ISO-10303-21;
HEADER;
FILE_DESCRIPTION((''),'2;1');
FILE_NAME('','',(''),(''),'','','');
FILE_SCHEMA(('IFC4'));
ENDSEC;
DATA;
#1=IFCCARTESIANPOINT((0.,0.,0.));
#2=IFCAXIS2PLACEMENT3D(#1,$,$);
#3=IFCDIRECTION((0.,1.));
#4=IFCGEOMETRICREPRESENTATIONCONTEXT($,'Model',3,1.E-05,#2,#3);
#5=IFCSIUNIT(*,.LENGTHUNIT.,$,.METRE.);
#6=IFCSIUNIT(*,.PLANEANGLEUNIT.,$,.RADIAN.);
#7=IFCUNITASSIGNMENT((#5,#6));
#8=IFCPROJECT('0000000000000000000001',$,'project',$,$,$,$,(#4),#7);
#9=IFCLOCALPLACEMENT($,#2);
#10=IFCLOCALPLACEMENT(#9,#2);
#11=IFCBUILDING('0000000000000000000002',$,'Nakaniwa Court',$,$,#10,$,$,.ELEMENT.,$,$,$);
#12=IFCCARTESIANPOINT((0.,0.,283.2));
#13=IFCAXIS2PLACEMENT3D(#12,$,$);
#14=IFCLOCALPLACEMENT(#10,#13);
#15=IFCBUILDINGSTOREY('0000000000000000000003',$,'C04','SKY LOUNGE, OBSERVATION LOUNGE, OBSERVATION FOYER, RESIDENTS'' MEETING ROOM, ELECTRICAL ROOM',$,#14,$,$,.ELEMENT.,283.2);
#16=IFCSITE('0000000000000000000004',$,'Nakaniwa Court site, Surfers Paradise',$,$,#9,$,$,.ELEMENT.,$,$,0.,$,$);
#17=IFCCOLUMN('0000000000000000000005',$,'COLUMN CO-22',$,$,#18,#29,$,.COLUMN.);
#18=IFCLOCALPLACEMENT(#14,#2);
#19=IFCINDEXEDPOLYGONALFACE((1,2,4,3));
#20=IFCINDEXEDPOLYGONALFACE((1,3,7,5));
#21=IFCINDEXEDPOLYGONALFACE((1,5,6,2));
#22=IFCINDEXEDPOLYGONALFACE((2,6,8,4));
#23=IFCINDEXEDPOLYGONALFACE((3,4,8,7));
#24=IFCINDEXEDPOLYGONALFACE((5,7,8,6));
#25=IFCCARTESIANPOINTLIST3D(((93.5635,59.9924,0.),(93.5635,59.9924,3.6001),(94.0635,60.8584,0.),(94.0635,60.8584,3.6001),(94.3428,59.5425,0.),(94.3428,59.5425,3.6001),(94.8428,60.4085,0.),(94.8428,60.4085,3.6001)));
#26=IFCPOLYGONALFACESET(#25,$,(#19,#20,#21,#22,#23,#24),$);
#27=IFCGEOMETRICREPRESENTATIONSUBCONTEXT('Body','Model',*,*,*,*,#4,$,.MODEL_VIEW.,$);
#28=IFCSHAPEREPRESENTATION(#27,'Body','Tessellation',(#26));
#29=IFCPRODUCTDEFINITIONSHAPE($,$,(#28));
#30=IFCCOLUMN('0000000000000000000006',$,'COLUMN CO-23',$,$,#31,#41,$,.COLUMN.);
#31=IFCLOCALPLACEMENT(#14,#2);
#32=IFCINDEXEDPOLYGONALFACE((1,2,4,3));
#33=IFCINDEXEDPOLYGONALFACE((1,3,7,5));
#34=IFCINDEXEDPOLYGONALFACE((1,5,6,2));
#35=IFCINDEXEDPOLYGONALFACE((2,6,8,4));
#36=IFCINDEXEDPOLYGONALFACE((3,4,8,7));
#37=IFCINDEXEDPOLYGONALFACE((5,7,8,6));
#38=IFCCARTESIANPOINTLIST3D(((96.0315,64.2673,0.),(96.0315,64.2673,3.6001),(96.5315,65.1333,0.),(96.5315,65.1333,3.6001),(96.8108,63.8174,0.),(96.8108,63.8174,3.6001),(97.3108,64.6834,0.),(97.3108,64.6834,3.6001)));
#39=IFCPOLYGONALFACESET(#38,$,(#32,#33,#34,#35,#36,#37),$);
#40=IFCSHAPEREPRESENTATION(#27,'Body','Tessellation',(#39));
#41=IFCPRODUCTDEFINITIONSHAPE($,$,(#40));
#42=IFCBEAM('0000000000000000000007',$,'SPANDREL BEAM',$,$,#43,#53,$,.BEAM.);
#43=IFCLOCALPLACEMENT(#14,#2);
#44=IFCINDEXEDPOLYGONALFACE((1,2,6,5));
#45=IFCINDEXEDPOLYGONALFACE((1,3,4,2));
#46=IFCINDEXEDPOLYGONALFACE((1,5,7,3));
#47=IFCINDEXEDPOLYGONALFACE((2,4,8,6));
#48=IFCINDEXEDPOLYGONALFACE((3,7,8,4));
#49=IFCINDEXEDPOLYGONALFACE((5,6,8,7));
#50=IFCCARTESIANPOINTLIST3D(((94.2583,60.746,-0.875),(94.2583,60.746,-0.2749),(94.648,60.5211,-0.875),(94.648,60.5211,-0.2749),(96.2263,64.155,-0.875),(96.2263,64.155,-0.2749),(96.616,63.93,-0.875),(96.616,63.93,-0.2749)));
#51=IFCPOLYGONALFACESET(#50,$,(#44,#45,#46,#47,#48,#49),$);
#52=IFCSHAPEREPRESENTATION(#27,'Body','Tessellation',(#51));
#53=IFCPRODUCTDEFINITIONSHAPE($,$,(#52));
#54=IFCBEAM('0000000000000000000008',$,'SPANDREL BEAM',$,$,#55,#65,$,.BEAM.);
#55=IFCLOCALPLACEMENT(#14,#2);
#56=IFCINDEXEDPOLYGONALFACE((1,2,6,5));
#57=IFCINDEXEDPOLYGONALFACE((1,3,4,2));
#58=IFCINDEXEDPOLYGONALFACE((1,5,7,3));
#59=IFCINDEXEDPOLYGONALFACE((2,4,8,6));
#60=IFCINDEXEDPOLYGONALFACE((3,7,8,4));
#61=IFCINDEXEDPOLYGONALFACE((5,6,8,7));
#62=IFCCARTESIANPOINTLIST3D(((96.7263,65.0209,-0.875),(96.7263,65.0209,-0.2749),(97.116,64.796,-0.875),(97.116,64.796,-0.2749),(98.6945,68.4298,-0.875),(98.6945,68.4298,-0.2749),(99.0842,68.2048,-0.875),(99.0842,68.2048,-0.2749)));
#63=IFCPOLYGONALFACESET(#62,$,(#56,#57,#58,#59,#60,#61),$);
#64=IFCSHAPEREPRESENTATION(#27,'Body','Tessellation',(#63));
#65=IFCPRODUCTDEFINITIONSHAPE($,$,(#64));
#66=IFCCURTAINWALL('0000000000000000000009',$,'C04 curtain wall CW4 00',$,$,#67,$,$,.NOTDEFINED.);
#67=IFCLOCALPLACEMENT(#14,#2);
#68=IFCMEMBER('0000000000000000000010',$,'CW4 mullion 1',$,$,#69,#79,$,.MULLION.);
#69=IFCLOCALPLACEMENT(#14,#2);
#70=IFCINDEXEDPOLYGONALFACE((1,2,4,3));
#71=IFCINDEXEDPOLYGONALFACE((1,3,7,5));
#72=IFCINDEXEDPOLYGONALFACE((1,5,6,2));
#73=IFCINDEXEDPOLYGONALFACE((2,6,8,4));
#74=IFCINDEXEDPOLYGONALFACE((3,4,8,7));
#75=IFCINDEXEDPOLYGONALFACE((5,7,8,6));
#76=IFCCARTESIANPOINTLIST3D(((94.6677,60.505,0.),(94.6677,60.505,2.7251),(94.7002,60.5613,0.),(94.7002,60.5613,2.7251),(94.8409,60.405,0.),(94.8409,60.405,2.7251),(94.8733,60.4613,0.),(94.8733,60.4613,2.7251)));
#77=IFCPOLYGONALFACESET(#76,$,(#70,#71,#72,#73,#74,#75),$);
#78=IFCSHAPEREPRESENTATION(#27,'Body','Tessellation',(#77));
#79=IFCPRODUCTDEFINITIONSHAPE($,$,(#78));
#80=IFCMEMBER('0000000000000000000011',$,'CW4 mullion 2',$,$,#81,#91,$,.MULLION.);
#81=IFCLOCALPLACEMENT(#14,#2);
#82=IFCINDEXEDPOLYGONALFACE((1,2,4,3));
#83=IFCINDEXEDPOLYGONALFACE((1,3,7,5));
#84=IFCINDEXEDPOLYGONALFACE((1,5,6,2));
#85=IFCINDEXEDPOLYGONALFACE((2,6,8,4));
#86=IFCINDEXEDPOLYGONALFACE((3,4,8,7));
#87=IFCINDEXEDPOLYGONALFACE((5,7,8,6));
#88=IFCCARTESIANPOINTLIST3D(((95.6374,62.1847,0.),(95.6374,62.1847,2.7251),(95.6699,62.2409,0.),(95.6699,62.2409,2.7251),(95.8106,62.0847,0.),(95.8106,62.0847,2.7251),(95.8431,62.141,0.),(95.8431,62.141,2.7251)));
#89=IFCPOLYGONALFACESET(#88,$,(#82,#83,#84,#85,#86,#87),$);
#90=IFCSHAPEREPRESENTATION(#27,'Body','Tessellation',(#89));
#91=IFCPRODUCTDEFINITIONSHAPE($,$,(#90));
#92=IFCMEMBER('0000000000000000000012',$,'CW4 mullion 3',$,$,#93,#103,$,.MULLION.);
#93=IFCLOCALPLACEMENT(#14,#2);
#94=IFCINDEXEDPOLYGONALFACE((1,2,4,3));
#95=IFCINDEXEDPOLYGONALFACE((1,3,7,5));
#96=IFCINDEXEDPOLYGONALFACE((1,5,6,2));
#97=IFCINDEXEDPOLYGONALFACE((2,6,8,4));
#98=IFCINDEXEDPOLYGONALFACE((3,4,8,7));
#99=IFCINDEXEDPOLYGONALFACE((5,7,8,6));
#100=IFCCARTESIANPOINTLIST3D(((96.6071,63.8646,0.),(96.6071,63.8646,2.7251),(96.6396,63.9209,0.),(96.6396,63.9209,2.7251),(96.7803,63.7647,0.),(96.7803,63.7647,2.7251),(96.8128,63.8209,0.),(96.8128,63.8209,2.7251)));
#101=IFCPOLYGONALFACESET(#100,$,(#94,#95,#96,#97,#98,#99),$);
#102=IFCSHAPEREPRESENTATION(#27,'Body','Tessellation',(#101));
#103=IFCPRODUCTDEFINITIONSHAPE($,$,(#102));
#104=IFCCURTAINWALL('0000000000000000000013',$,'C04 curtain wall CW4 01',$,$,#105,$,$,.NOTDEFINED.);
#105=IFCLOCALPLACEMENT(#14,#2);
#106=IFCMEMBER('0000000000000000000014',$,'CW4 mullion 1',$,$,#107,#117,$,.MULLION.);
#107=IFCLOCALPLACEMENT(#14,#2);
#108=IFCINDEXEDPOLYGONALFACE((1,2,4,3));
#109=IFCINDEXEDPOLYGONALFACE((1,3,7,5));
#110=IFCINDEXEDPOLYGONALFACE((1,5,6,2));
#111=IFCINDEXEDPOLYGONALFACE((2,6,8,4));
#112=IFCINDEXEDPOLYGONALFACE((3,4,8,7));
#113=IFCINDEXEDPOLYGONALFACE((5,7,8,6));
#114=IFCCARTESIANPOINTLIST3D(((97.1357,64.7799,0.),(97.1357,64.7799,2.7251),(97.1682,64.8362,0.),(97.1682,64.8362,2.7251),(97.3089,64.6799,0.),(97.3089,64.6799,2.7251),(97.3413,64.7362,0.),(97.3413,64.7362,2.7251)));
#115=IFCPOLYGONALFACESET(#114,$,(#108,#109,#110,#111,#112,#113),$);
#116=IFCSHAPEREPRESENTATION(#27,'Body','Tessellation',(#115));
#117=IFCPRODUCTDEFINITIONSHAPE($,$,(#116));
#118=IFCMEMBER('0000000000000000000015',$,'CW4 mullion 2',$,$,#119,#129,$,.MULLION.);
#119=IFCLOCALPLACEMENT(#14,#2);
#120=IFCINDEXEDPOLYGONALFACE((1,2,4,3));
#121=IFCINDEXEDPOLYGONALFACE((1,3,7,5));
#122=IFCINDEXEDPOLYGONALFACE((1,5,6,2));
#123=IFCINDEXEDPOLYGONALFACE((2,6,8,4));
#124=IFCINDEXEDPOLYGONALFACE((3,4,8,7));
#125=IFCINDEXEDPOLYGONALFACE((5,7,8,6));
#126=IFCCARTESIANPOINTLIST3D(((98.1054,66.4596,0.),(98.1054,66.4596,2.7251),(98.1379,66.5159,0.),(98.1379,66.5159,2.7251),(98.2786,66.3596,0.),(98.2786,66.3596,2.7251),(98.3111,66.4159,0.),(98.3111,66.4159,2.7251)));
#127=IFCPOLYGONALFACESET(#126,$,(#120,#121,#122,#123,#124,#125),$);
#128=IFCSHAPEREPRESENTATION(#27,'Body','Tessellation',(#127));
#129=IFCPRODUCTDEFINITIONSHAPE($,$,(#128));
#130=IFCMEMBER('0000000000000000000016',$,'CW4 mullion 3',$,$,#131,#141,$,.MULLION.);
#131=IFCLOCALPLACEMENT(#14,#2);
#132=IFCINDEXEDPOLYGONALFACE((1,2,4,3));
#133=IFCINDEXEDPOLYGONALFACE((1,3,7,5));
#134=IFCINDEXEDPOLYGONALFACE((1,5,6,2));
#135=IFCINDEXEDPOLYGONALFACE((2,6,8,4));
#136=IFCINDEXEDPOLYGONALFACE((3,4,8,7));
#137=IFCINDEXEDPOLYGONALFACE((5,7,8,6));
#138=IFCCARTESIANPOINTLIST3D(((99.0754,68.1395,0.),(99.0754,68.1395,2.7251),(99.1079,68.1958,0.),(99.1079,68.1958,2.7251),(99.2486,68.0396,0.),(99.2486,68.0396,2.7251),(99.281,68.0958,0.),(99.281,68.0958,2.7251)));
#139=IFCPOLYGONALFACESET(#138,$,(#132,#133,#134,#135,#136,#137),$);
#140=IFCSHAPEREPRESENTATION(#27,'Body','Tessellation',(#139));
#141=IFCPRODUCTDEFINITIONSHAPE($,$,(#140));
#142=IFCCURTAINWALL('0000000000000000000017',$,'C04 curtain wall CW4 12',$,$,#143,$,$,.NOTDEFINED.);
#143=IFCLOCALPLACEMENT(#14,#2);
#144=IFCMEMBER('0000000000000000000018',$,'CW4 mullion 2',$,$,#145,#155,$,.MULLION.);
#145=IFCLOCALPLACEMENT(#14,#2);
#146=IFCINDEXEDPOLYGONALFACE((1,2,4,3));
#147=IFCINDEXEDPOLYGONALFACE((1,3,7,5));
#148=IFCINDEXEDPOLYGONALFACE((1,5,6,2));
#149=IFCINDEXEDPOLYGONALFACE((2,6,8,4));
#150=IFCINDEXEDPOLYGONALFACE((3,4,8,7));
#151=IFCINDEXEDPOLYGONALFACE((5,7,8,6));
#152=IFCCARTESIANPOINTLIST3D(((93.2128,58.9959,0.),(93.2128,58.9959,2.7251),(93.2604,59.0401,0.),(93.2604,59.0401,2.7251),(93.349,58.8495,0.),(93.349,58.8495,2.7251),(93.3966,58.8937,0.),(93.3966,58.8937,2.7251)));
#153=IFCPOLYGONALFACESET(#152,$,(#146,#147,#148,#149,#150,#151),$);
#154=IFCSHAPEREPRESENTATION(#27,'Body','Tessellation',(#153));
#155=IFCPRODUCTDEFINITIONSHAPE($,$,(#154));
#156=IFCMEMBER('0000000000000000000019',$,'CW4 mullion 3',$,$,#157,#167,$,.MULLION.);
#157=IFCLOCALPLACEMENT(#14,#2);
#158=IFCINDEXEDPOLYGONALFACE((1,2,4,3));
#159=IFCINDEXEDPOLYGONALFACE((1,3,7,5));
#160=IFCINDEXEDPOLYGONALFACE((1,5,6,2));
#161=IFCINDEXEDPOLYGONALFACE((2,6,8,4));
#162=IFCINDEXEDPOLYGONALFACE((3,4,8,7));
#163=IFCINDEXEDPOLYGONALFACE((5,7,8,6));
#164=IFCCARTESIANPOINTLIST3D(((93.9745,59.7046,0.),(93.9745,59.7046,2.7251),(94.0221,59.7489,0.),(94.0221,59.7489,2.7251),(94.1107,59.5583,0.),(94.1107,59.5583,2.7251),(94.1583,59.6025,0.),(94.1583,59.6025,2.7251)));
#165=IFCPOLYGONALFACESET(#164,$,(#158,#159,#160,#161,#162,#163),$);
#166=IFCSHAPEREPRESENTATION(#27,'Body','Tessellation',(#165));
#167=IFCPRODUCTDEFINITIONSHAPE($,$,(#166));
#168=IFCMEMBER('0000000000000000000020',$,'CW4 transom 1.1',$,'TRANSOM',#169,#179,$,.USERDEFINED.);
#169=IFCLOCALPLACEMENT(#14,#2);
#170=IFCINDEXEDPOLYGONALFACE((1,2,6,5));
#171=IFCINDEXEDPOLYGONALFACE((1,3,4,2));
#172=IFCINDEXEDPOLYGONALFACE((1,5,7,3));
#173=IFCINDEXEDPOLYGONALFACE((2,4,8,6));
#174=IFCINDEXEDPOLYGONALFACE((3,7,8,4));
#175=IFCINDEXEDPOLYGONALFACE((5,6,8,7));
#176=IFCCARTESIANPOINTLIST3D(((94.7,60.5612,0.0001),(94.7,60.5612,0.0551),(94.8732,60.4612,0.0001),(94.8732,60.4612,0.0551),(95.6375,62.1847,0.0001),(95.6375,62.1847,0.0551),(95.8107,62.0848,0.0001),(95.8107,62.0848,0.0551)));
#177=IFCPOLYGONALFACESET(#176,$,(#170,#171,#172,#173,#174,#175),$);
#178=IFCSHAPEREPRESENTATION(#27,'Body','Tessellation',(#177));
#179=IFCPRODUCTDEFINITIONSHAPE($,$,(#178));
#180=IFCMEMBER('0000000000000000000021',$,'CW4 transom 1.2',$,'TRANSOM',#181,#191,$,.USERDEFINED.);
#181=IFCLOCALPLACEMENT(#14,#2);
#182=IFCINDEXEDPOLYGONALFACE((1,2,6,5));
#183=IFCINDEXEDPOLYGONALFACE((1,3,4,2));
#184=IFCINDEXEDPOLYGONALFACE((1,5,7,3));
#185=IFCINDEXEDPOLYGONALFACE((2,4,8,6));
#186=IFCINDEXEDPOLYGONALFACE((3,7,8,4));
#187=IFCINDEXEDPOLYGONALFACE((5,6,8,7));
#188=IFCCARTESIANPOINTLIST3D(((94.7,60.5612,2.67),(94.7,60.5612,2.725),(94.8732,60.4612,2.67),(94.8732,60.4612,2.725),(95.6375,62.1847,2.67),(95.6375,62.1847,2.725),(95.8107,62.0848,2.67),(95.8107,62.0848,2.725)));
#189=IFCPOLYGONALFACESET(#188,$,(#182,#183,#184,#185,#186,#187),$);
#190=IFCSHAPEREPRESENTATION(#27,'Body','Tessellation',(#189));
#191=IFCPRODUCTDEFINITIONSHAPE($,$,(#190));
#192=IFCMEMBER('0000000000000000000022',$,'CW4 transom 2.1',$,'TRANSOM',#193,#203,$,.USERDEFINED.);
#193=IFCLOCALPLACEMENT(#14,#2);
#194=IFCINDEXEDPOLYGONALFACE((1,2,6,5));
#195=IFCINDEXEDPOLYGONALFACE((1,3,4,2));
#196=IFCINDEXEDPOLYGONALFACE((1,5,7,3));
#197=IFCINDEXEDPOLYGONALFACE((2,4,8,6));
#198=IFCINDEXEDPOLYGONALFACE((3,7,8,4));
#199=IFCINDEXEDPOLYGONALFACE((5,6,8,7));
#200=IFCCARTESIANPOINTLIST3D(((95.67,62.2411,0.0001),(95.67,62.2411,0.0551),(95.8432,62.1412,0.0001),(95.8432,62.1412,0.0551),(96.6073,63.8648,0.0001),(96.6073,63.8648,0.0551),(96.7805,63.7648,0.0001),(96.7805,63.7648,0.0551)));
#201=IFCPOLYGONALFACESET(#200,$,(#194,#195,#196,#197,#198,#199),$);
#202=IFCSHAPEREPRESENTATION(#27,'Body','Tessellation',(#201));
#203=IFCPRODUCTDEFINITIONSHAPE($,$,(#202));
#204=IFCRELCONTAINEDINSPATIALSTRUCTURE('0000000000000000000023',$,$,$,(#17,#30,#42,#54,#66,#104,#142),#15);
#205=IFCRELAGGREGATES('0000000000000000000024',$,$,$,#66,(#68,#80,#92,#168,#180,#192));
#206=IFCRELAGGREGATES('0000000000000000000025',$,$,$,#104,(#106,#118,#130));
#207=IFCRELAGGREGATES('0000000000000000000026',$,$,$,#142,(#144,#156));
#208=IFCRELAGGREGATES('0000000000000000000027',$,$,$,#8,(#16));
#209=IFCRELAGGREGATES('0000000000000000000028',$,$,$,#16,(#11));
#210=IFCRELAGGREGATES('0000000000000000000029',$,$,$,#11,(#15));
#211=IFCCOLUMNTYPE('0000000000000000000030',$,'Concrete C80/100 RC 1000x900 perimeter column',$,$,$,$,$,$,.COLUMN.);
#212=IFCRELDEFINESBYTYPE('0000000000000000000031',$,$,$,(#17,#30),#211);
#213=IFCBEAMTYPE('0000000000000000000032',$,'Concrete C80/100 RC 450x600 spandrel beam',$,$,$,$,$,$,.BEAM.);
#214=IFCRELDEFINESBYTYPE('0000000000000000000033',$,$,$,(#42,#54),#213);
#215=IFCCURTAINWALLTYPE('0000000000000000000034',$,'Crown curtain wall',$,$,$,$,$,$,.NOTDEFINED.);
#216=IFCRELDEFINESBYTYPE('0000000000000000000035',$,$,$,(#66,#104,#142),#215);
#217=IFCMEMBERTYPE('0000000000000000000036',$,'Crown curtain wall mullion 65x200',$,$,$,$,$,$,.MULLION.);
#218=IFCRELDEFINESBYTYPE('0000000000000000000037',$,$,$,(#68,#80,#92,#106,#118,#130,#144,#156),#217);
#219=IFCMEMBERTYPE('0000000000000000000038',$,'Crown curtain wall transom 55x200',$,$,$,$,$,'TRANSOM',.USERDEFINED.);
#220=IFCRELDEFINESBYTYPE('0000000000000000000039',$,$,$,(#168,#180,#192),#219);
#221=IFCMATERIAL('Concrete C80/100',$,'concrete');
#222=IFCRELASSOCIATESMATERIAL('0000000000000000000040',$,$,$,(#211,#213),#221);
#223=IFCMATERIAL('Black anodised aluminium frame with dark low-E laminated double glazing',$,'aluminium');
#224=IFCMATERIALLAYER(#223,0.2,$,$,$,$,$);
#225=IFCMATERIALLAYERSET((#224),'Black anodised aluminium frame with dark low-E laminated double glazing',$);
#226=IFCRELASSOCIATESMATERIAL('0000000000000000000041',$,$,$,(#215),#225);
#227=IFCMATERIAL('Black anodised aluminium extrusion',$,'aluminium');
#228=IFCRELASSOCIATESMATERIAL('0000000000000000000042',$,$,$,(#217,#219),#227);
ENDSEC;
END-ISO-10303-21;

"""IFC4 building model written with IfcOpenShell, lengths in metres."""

from ifc_helpers import new_model, si_unit, direction, frame, origin, origin_2d, place, context, subcontext, project, spatial, rectangle, extrude, material, layer, layer_set, material_profile, profile_set, type_object, element, aggregate, save


model = new_model("IFC4")

# Units and contexts
model_context = context("Model", 3, precision=1e-05, world=origin(), true_north=direction((0.0, 1.0)))
body_context = subcontext(model_context, "Body", "Model", "MODEL_VIEW")
ifc_project = project(units=[si_unit("LENGTHUNIT", "METRE"), si_unit("PLANEANGLEUNIT", "RADIAN")], contexts=[model_context])

# Site, building, storey
site_placement = place(None, origin())
site = spatial("IfcSite", under=ifc_project, at=site_placement, Name="Nakaniwa Court site, Surfers Paradise", CompositionType="ELEMENT", RefElevation=0.0)
building_placement = place(site_placement, origin())
building = spatial("IfcBuilding", under=site, at=building_placement, Name="Nakaniwa Court", CompositionType="ELEMENT")
storey_placement = place(building_placement, frame((0.0, 0.0, 283.2)))
storey = spatial("IfcBuildingStorey", under=building, at=storey_placement, Name="C04", Description="SKY LOUNGE, OBSERVATION LOUNGE, OBSERVATION FOYER, RESIDENTS' MEETING ROOM, ELECTRICAL ROOM", CompositionType="ELEMENT", Elevation=283.2)

# Columns
ifc_material_1 = material(Name="Concrete C80/100", Category="concrete")
ifc_material_profile_1 = material_profile(ifc_material_1, rectangle(XDim=1.0, YDim=0.8999, at=origin_2d()), Name="Concrete C80/100 RC 1000x900 perimeter column")
ifc_profile_set_1 = profile_set([ifc_material_profile_1], Name="Concrete C80/100")
column_type = type_object("IfcColumnType", Name="Concrete C80/100 RC 1000x900 perimeter column", PredefinedType="COLUMN", material=ifc_profile_set_1)
for number, where, z_axis, x_axis, name in (
    (1, (94.2031, 60.2004, 0.0), (0.0, 0.0, 1.0), (0.5, 0.866025, 0.0), "COLUMN CO-22"),
    (2, (96.6711, 64.4753, 0.0), (0.0, 0.0, 1.0), (0.5, 0.866025, 0.0), "COLUMN CO-23"),
):
    element("IfcColumn", number, at=place(storey_placement, frame(where, z_axis=z_axis, x_axis=x_axis)), inside=storey, type_object=column_type, Name=name, PredefinedType="COLUMN", context=body_context, shape_type="SweptSolid", body=[
        extrude(rectangle(XDim=1.0, YDim=0.8999, at=origin_2d()), origin(), (0.0, 0.0, 1.0), 3.6001),
    ])

# Beams
ifc_material_profile_2 = material_profile(ifc_material_1, rectangle(XDim=0.45, YDim=0.6001, at=origin_2d()), Name="Concrete C80/100 RC 450x600 spandrel beam")
ifc_profile_set_2 = profile_set([ifc_material_profile_2], Name="Concrete C80/100")
beam_type = type_object("IfcBeamType", Name="Concrete C80/100 RC 450x600 spandrel beam", PredefinedType="BEAM", material=ifc_profile_set_2)
for number, where, z_axis, x_axis, name in (
    (3, (94.4531, 60.6335, -0.575), (0.499975, 0.86604, 0.0), (-0.86604, 0.499975, 0.0), "SPANDREL BEAM"),
    (4, (96.9211, 64.9084, -0.575), (0.500021, 0.866013, 0.0), (-0.866013, 0.500021, 0.0), "SPANDREL BEAM"),
):
    element("IfcBeam", number, at=place(storey_placement, frame(where, z_axis=z_axis, x_axis=x_axis)), inside=storey, type_object=beam_type, Name=name, PredefinedType="BEAM", context=body_context, shape_type="SweptSolid", body=[
        extrude(rectangle(XDim=0.45, YDim=0.6001, at=origin_2d()), origin(), (0.0, 0.0, 1.0), 3.9363),
    ])

# Curtain walls, members
ifc_material_2 = material(Name="Black anodised aluminium frame with dark low-E laminated double glazing", Category="aluminium")
ifc_layer_1 = layer(ifc_material_2, 0.2)
ifc_layer_set_1 = layer_set([ifc_layer_1], Name="Black anodised aluminium frame with dark low-E laminated double glazing")
curtain_wall_type = type_object("IfcCurtainWallType", Name="Crown curtain wall", PredefinedType="NOTDEFINED", material=ifc_layer_set_1)
curtain_wall_1_placement = place(storey_placement, origin())
curtain_wall_1 = element("IfcCurtainWall", 5, at=curtain_wall_1_placement, inside=storey, type_object=curtain_wall_type, Name="C04 curtain wall CW4 00", PredefinedType="NOTDEFINED")
ifc_material_3 = material(Name="Black anodised aluminium extrusion", Category="aluminium")
ifc_material_profile_3 = material_profile(ifc_material_3, rectangle(XDim=0.2, YDim=0.0649, at=origin_2d()), Name="Crown curtain wall mullion 65x200")
ifc_profile_set_3 = profile_set([ifc_material_profile_3], Name="Black anodised aluminium extrusion")
member_type_1 = type_object("IfcMemberType", Name="Crown curtain wall mullion 65x200", PredefinedType="MULLION", material=ifc_profile_set_3)
member_1_placement = place(storey_placement, frame((94.7705, 60.4832, 0.0), z_axis=(0.0, 0.0, 1.0), x_axis=(-0.866033, 0.499987, 0.0)))
member_1 = element("IfcMember", 6, at=member_1_placement, type_object=member_type_1, Name="CW4 mullion 1", PredefinedType="MULLION", context=body_context, shape_type="SweptSolid", body=[
    extrude(rectangle(XDim=0.2, YDim=0.0649, at=origin_2d()), origin(), (0.0, 0.0, 1.0), 2.7251),
])
member_2_placement = place(storey_placement, frame((95.7402, 62.1628, 0.0), z_axis=(0.0, 0.0, 1.0), x_axis=(-0.866033, 0.499987, 0.0)))
member_2 = element("IfcMember", 7, at=member_2_placement, type_object=member_type_1, Name="CW4 mullion 2", PredefinedType="MULLION", context=body_context, shape_type="SweptSolid", body=[
    extrude(rectangle(XDim=0.2, YDim=0.0649, at=origin_2d()), origin(), (0.0, 0.0, 1.0), 2.7251),
])
member_3_placement = place(storey_placement, frame((96.71, 63.8428, 0.0), z_axis=(0.0, 0.0, 1.0), x_axis=(-0.866033, 0.499987, 0.0)))
member_3 = element("IfcMember", 8, at=member_3_placement, type_object=member_type_1, Name="CW4 mullion 3", PredefinedType="MULLION", context=body_context, shape_type="SweptSolid", body=[
    extrude(rectangle(XDim=0.2, YDim=0.0649, at=origin_2d()), origin(), (0.0, 0.0, 1.0), 2.7251),
])
curtain_wall_2_placement = place(storey_placement, origin())
curtain_wall_2 = element("IfcCurtainWall", 9, at=curtain_wall_2_placement, inside=storey, type_object=curtain_wall_type, Name="C04 curtain wall CW4 01", PredefinedType="NOTDEFINED")
member_4_placement = place(storey_placement, frame((97.2385, 64.7581, 0.0), z_axis=(0.0, 0.0, 1.0), x_axis=(-0.866033, 0.499987, 0.0)))
member_4 = element("IfcMember", 10, at=member_4_placement, type_object=member_type_1, Name="CW4 mullion 1", PredefinedType="MULLION", context=body_context, shape_type="SweptSolid", body=[
    extrude(rectangle(XDim=0.2, YDim=0.0649, at=origin_2d()), origin(), (0.0, 0.0, 1.0), 2.7251),
])
member_5_placement = place(storey_placement, frame((98.2083, 66.4377, 0.0), z_axis=(0.0, 0.0, 1.0), x_axis=(-0.866033, 0.499987, 0.0)))
member_5 = element("IfcMember", 11, at=member_5_placement, type_object=member_type_1, Name="CW4 mullion 2", PredefinedType="MULLION", context=body_context, shape_type="SweptSolid", body=[
    extrude(rectangle(XDim=0.2, YDim=0.0649, at=origin_2d()), origin(), (0.0, 0.0, 1.0), 2.7251),
])
member_6_placement = place(storey_placement, frame((99.1782, 68.1177, 0.0), z_axis=(0.0, 0.0, 1.0), x_axis=(-0.866033, 0.499987, 0.0)))
member_6 = element("IfcMember", 12, at=member_6_placement, type_object=member_type_1, Name="CW4 mullion 3", PredefinedType="MULLION", context=body_context, shape_type="SweptSolid", body=[
    extrude(rectangle(XDim=0.2, YDim=0.0649, at=origin_2d()), origin(), (0.0, 0.0, 1.0), 2.7251),
])
curtain_wall_3_placement = place(storey_placement, origin())
curtain_wall_3 = element("IfcCurtainWall", 13, at=curtain_wall_3_placement, inside=storey, type_object=curtain_wall_type, Name="C04 curtain wall CW4 12", PredefinedType="NOTDEFINED")
member_7_placement = place(storey_placement, frame((93.3047, 58.9448, 0.0), z_axis=(0.0, 0.0, 1.0), x_axis=(-0.681182, 0.732114, 0.0)))
member_7 = element("IfcMember", 14, at=member_7_placement, type_object=member_type_1, Name="CW4 mullion 2", PredefinedType="MULLION", context=body_context, shape_type="SweptSolid", body=[
    extrude(rectangle(XDim=0.2, YDim=0.0649, at=origin_2d()), origin(), (0.0, 0.0, 1.0), 2.7251),
])
member_8_placement = place(storey_placement, frame((94.0664, 59.6536, 0.0), z_axis=(0.0, 0.0, 1.0), x_axis=(-0.681182, 0.732114, 0.0)))
member_8 = element("IfcMember", 15, at=member_8_placement, type_object=member_type_1, Name="CW4 mullion 3", PredefinedType="MULLION", context=body_context, shape_type="SweptSolid", body=[
    extrude(rectangle(XDim=0.2, YDim=0.0649, at=origin_2d()), origin(), (0.0, 0.0, 1.0), 2.7251),
])

# Members
ifc_material_profile_4 = material_profile(ifc_material_3, rectangle(XDim=0.2, YDim=0.0549, at=origin_2d()), Name="Crown curtain wall transom 55x200")
ifc_profile_set_4 = profile_set([ifc_material_profile_4], Name="Black anodised aluminium extrusion")
member_type_2 = type_object("IfcMemberType", Name="Crown curtain wall transom 55x200", ElementType="TRANSOM", PredefinedType="USERDEFINED", material=ifc_profile_set_4)
member_9_placement = place(storey_placement, frame((94.7866, 60.5112, 0.0276), z_axis=(0.500061, 0.86599, 0.0), x_axis=(-0.86599, 0.500061, 0.0)))
member_9 = element("IfcMember", 16, at=member_9_placement, type_object=member_type_2, Name="CW4 transom 1.1", ObjectType="TRANSOM", PredefinedType="USERDEFINED", context=body_context, shape_type="SweptSolid", body=[
    extrude(rectangle(XDim=0.2, YDim=0.0549, at=origin_2d()), origin(), (0.0, 0.0, 1.0), 1.8748),
])
member_10_placement = place(storey_placement, frame((94.7866, 60.5112, 2.6975), z_axis=(0.500061, 0.86599, 0.0), x_axis=(-0.86599, 0.500061, 0.0)))
member_10 = element("IfcMember", 17, at=member_10_placement, type_object=member_type_2, Name="CW4 transom 1.2", ObjectType="TRANSOM", PredefinedType="USERDEFINED", context=body_context, shape_type="SweptSolid", body=[
    extrude(rectangle(XDim=0.2, YDim=0.0549, at=origin_2d()), origin(), (0.0, 0.0, 1.0), 1.8748),
])
member_11_placement = place(storey_placement, frame((95.7566, 62.1912, 0.0276), z_axis=(0.499963, 0.866047, 0.0), x_axis=(-0.866047, 0.499963, 0.0)))
member_11 = element("IfcMember", 18, at=member_11_placement, type_object=member_type_2, Name="CW4 transom 2.1", ObjectType="TRANSOM", PredefinedType="USERDEFINED", context=body_context, shape_type="SweptSolid", body=[
    extrude(rectangle(XDim=0.2, YDim=0.0549, at=origin_2d()), origin(), (0.0, 0.0, 1.0), 1.8748),
])

aggregate(curtain_wall_1, [member_1, member_2, member_3, member_9, member_10, member_11])
aggregate(curtain_wall_2, [member_4, member_5, member_6])
aggregate(curtain_wall_3, [member_7, member_8])

save(model, "model.ifc")
